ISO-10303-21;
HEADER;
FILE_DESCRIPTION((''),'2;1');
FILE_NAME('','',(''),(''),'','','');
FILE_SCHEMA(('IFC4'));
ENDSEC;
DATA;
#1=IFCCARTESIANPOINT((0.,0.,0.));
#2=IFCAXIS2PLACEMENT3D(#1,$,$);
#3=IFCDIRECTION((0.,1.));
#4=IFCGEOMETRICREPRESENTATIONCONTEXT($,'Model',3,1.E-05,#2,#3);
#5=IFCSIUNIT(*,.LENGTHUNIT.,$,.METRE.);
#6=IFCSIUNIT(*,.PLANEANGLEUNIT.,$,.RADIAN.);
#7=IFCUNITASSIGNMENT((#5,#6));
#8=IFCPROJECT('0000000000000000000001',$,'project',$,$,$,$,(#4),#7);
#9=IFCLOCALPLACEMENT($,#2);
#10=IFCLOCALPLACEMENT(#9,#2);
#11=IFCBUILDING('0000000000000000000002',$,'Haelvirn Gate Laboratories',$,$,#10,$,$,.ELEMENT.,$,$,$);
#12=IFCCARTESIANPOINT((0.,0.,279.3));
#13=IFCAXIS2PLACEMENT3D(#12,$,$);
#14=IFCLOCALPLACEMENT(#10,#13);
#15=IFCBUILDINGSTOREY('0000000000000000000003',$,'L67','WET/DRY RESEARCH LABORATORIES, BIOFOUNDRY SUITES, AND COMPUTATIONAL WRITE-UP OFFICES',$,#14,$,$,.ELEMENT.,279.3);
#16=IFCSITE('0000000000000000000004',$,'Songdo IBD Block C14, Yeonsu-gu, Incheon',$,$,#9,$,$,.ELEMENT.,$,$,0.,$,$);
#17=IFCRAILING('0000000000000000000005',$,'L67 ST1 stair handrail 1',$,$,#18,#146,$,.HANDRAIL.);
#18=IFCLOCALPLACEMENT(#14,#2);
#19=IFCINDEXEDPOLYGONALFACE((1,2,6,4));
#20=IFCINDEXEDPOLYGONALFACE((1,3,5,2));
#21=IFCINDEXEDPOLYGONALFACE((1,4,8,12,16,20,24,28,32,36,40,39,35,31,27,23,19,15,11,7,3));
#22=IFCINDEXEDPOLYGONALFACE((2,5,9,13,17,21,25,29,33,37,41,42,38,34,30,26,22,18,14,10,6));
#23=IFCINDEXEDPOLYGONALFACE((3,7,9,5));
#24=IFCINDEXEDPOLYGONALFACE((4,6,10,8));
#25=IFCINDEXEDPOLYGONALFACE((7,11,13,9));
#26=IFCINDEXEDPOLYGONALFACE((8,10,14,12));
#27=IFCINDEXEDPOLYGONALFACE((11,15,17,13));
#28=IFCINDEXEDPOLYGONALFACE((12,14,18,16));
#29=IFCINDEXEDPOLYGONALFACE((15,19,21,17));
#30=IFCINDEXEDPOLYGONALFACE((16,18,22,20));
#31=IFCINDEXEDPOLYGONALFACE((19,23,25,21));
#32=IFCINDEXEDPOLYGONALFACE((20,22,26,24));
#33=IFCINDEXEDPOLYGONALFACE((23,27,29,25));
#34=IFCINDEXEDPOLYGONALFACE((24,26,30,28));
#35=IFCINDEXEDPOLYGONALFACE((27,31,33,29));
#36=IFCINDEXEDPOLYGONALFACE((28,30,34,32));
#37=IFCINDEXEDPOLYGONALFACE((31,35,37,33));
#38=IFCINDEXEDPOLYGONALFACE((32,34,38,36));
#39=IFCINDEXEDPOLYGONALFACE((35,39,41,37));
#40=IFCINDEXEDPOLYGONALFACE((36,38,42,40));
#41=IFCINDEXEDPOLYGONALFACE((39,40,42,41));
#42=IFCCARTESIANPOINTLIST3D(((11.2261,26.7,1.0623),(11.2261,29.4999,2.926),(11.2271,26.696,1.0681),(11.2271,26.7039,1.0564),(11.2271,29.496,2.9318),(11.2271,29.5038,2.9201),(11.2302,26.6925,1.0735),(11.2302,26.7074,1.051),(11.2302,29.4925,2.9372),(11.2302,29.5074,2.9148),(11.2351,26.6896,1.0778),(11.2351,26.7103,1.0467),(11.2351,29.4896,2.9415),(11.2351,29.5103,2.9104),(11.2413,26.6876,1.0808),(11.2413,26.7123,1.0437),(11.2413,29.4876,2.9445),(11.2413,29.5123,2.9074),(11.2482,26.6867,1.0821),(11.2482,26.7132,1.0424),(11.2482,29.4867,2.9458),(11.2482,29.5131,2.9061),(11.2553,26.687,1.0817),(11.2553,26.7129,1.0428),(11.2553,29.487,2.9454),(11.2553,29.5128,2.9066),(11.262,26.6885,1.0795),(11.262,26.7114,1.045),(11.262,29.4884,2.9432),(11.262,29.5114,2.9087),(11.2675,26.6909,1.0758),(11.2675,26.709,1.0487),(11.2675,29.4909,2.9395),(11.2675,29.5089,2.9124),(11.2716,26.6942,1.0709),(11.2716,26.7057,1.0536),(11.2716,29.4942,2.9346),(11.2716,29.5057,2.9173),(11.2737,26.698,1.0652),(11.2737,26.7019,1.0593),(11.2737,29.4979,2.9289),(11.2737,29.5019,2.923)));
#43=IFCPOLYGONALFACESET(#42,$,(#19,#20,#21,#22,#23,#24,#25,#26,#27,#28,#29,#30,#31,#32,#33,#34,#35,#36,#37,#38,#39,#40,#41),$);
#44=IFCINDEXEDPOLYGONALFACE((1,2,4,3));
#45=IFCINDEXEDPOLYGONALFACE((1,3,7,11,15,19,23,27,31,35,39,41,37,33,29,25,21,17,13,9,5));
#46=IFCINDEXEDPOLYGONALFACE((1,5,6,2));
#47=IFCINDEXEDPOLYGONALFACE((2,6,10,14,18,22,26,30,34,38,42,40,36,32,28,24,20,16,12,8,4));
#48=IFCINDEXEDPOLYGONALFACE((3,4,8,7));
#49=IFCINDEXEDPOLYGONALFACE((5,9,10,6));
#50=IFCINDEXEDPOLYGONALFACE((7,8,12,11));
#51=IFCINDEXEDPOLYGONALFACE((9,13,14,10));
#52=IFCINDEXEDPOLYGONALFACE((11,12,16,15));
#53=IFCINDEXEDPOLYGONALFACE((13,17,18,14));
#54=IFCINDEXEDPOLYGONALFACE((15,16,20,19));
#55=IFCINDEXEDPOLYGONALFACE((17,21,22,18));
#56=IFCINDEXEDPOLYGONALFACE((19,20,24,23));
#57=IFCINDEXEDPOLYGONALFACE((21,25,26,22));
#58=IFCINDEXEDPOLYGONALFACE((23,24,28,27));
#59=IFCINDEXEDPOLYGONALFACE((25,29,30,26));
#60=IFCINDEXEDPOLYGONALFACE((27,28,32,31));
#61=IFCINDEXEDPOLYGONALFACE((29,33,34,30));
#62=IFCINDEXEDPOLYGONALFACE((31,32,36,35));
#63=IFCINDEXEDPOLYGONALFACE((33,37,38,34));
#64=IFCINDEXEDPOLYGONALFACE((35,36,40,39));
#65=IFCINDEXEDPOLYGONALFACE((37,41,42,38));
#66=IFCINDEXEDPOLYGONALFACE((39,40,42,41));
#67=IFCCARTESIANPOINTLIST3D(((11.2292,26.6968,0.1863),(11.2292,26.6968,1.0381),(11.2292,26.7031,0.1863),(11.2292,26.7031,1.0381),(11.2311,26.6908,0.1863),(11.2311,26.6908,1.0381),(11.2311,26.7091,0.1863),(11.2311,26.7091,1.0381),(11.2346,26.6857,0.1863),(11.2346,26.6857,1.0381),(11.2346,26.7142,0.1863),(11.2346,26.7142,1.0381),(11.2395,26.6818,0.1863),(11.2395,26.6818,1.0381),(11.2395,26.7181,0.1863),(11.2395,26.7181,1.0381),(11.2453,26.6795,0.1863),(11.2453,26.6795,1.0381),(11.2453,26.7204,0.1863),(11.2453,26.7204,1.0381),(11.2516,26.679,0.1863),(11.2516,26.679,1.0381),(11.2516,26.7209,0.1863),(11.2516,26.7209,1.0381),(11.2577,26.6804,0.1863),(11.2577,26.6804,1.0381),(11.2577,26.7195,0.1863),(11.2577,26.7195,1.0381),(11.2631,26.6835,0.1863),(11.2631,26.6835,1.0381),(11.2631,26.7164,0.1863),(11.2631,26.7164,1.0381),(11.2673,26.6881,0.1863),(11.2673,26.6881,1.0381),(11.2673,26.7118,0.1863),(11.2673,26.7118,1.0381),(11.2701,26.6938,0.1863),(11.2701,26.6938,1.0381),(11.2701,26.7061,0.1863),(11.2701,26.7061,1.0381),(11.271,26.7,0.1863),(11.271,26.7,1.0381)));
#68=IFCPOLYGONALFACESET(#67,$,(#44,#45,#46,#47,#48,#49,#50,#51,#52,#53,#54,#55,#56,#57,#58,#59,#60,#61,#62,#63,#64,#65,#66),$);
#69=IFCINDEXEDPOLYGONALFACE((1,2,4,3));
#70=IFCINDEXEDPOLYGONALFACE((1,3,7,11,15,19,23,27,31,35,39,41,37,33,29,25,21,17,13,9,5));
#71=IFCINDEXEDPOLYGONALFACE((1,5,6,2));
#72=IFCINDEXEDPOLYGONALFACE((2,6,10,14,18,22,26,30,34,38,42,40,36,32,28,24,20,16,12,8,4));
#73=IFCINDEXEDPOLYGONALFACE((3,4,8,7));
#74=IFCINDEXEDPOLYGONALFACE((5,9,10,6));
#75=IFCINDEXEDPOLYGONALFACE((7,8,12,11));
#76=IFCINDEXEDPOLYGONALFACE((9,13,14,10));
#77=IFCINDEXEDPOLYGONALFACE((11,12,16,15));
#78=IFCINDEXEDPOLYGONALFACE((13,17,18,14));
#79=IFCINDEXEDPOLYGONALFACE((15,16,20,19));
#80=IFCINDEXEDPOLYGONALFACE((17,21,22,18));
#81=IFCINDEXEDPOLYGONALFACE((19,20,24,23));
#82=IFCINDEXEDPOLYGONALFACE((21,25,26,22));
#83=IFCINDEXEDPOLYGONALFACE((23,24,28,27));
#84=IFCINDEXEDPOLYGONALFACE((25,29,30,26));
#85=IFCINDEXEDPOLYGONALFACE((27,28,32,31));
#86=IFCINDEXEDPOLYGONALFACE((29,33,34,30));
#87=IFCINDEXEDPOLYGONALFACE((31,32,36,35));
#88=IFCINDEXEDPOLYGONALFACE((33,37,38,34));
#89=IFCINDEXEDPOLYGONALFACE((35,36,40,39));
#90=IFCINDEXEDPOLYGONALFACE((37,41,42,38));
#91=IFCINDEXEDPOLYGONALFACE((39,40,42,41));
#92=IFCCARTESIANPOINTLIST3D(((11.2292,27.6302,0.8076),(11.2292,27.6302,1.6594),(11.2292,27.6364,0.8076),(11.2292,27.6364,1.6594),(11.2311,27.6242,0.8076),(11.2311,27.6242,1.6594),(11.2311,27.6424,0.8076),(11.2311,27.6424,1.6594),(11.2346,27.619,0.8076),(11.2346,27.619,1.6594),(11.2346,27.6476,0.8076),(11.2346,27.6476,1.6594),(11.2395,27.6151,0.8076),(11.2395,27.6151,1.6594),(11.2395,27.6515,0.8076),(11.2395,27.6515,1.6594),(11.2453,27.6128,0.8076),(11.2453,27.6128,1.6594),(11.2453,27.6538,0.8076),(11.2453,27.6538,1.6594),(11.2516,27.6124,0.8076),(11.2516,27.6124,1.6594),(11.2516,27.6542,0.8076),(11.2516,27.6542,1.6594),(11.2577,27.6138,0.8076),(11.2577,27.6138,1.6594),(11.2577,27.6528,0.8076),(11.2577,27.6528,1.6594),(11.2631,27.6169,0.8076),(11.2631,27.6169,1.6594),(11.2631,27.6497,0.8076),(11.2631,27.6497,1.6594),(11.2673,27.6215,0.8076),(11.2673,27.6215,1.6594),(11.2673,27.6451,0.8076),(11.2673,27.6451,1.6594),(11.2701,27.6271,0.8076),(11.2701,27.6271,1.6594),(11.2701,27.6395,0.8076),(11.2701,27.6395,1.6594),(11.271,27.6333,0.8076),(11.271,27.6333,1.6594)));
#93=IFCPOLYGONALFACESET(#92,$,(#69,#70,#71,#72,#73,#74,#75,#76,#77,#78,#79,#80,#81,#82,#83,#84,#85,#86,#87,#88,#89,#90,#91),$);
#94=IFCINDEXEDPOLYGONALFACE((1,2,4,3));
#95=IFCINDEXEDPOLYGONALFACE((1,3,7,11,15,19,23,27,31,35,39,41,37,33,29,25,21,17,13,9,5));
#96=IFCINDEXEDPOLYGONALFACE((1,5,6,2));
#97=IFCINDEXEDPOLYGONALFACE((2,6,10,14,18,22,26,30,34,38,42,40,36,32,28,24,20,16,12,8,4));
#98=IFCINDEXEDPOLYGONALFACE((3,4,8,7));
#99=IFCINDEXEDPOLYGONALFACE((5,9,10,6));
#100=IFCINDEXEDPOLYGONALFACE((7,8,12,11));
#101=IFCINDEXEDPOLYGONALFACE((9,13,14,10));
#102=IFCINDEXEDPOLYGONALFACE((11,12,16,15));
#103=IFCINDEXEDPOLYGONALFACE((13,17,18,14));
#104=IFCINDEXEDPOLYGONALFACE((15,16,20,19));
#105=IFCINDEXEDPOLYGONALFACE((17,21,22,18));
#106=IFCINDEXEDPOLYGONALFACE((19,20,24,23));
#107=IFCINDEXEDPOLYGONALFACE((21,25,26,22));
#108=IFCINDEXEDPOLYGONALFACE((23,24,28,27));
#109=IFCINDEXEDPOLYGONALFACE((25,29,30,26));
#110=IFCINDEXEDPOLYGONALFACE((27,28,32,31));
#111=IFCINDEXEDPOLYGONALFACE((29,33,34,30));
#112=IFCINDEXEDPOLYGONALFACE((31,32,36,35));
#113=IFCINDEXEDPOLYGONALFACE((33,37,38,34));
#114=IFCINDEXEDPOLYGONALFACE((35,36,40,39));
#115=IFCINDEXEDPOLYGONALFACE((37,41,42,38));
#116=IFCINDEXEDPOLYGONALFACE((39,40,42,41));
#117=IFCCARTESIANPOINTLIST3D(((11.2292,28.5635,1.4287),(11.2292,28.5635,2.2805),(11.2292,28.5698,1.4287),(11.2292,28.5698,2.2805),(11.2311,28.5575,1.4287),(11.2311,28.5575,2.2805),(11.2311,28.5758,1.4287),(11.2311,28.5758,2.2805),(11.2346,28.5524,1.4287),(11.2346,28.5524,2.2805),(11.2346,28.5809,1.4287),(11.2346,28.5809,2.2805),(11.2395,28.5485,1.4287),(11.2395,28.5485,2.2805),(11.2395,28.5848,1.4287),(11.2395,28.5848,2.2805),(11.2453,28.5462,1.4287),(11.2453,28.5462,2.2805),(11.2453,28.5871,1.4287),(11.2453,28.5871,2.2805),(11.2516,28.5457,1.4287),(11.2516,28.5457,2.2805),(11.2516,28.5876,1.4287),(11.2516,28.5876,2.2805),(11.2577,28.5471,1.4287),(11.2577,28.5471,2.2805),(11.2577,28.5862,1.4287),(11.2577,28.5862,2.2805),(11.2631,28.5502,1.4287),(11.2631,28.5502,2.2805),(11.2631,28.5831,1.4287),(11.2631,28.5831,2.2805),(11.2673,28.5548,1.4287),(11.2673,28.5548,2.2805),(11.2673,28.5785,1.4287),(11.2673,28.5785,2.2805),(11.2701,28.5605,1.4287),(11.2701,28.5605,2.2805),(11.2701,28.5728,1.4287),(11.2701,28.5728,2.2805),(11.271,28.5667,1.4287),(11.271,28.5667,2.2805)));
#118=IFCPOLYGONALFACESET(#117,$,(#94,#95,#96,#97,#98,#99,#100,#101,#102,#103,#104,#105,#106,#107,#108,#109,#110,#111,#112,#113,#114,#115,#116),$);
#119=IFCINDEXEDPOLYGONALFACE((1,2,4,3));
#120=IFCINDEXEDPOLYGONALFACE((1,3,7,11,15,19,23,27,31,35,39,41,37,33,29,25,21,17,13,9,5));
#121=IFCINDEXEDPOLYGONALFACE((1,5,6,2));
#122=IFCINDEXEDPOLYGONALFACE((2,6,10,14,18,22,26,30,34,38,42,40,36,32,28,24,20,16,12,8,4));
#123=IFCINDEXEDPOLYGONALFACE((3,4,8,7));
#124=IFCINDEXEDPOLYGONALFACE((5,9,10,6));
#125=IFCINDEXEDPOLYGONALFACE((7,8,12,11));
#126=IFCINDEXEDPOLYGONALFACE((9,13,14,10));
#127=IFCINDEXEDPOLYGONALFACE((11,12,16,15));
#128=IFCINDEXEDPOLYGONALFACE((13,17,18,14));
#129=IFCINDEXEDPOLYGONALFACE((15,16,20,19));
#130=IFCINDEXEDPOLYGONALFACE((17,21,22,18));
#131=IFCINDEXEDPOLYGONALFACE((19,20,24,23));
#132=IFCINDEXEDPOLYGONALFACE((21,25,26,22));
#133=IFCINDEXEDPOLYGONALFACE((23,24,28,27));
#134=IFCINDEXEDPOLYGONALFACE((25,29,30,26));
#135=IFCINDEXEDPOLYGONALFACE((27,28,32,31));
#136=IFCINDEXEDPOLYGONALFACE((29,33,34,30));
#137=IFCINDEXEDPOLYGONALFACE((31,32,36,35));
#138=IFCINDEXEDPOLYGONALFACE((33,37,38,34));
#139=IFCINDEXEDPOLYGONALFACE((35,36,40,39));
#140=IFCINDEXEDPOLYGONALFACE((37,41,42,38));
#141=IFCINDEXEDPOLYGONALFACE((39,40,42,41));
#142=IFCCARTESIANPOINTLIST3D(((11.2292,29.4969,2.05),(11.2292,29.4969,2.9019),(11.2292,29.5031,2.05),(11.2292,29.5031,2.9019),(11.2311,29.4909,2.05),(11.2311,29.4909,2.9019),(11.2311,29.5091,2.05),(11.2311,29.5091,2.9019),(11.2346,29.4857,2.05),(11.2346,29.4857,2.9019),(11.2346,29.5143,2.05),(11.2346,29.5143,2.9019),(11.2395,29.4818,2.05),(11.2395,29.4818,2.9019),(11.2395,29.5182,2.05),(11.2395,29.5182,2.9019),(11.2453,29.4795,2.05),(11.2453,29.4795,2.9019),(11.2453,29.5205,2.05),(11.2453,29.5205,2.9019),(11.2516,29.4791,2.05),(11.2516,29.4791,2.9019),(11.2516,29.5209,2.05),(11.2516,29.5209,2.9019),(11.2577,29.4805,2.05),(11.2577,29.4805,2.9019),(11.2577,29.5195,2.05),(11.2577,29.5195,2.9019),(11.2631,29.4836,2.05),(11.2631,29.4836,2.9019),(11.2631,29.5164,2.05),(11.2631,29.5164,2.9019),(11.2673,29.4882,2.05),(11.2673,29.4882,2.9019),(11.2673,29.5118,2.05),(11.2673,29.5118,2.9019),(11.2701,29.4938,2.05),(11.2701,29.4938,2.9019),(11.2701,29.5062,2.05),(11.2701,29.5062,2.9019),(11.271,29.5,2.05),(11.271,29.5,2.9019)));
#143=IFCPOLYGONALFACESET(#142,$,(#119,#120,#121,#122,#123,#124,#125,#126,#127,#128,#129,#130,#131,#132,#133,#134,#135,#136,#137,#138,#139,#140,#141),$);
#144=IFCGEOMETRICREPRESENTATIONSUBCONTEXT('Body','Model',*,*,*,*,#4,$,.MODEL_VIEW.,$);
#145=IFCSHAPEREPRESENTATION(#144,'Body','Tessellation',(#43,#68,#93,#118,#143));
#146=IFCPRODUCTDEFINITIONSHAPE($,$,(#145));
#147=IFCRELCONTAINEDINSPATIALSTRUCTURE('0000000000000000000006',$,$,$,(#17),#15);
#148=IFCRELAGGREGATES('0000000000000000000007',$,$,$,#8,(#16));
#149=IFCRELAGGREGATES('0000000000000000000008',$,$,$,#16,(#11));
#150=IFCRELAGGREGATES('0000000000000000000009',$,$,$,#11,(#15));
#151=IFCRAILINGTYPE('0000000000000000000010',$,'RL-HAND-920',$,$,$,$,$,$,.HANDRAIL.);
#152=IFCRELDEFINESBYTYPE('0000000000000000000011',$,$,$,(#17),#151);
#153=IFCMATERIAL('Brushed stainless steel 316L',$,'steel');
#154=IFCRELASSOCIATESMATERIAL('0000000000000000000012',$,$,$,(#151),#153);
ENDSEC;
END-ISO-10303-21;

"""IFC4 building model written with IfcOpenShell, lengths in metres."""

from ifc_helpers import new_model, si_unit, direction, frame, origin, origin_2d, place, context, subcontext, project, spatial, circle, extrude, source, transform, mapped, material, type_object, element, save


model = new_model("IFC4")

# Units and contexts
model_context = context("Model", 3, precision=1e-05, world=origin(), true_north=direction((0.0, 1.0)))
body_context = subcontext(model_context, "Body", "Model", "MODEL_VIEW")
ifc_project = project(units=[si_unit("LENGTHUNIT", "METRE"), si_unit("PLANEANGLEUNIT", "RADIAN")], contexts=[model_context])

# Site, building, storey
site_placement = place(None, origin())
site = spatial("IfcSite", under=ifc_project, at=site_placement, Name="Songdo IBD Block C14, Yeonsu-gu, Incheon", CompositionType="ELEMENT", RefElevation=0.0)
building_placement = place(site_placement, origin())
building = spatial("IfcBuilding", under=site, at=building_placement, Name="Haelvirn Gate Laboratories", CompositionType="ELEMENT")
storey_placement = place(building_placement, frame((0.0, 0.0, 279.3)))
storey = spatial("IfcBuildingStorey", under=building, at=storey_placement, Name="L67", Description="WET/DRY RESEARCH LABORATORIES, BIOFOUNDRY SUITES, AND COMPUTATIONAL WRITE-UP OFFICES", CompositionType="ELEMENT", Elevation=279.3)

# Railing
ifc_material_1 = material(Name="Brushed stainless steel 316L", Category="steel")
railing_type_1 = type_object("IfcRailingType", Name="RL-HAND-920", PredefinedType="HANDRAIL", material=ifc_material_1)
shared_shape_1 = source(origin(), body_context, "Body", "SweptSolid", [
    extrude(circle(Radius=0.0239, at=origin_2d()), frame((0.0, 0.0, 0.876), z_axis=(0.0, 0.832452, 0.554097), x_axis=(-1.0, 0.0, 0.0)), (0.0, 0.0, 1.0), 3.3635),
    extrude(circle(Radius=0.021, at=origin_2d()), origin(), (0.0, 0.0, 1.0), 0.8518),
    extrude(circle(Radius=0.021, at=origin_2d()), frame((0.0, 0.9333, 0.6213)), (0.0, 0.0, 1.0), 0.8518),
    extrude(circle(Radius=0.021, at=origin_2d()), frame((0.0, 1.8667, 1.2424)), (0.0, 0.0, 1.0), 0.8518),
    extrude(circle(Radius=0.021, at=origin_2d()), frame((0.0, 2.8, 1.8638)), (0.0, 0.0, 1.0), 0.8518),
])
railing_1_placement = place(storey_placement, frame((11.25, 26.7, 0.1863)))
element("IfcRailing", 1, at=railing_1_placement, inside=storey, type_object=railing_type_1, Name="L67 ST1 stair handrail 1", PredefinedType="HANDRAIL", context=body_context, shape_type="MappedRepresentation", body=[
    mapped(shared_shape_1, transform((0.0, 0.0, 0.0), scale=1.0)),
])

save(model, "model.ifc")
